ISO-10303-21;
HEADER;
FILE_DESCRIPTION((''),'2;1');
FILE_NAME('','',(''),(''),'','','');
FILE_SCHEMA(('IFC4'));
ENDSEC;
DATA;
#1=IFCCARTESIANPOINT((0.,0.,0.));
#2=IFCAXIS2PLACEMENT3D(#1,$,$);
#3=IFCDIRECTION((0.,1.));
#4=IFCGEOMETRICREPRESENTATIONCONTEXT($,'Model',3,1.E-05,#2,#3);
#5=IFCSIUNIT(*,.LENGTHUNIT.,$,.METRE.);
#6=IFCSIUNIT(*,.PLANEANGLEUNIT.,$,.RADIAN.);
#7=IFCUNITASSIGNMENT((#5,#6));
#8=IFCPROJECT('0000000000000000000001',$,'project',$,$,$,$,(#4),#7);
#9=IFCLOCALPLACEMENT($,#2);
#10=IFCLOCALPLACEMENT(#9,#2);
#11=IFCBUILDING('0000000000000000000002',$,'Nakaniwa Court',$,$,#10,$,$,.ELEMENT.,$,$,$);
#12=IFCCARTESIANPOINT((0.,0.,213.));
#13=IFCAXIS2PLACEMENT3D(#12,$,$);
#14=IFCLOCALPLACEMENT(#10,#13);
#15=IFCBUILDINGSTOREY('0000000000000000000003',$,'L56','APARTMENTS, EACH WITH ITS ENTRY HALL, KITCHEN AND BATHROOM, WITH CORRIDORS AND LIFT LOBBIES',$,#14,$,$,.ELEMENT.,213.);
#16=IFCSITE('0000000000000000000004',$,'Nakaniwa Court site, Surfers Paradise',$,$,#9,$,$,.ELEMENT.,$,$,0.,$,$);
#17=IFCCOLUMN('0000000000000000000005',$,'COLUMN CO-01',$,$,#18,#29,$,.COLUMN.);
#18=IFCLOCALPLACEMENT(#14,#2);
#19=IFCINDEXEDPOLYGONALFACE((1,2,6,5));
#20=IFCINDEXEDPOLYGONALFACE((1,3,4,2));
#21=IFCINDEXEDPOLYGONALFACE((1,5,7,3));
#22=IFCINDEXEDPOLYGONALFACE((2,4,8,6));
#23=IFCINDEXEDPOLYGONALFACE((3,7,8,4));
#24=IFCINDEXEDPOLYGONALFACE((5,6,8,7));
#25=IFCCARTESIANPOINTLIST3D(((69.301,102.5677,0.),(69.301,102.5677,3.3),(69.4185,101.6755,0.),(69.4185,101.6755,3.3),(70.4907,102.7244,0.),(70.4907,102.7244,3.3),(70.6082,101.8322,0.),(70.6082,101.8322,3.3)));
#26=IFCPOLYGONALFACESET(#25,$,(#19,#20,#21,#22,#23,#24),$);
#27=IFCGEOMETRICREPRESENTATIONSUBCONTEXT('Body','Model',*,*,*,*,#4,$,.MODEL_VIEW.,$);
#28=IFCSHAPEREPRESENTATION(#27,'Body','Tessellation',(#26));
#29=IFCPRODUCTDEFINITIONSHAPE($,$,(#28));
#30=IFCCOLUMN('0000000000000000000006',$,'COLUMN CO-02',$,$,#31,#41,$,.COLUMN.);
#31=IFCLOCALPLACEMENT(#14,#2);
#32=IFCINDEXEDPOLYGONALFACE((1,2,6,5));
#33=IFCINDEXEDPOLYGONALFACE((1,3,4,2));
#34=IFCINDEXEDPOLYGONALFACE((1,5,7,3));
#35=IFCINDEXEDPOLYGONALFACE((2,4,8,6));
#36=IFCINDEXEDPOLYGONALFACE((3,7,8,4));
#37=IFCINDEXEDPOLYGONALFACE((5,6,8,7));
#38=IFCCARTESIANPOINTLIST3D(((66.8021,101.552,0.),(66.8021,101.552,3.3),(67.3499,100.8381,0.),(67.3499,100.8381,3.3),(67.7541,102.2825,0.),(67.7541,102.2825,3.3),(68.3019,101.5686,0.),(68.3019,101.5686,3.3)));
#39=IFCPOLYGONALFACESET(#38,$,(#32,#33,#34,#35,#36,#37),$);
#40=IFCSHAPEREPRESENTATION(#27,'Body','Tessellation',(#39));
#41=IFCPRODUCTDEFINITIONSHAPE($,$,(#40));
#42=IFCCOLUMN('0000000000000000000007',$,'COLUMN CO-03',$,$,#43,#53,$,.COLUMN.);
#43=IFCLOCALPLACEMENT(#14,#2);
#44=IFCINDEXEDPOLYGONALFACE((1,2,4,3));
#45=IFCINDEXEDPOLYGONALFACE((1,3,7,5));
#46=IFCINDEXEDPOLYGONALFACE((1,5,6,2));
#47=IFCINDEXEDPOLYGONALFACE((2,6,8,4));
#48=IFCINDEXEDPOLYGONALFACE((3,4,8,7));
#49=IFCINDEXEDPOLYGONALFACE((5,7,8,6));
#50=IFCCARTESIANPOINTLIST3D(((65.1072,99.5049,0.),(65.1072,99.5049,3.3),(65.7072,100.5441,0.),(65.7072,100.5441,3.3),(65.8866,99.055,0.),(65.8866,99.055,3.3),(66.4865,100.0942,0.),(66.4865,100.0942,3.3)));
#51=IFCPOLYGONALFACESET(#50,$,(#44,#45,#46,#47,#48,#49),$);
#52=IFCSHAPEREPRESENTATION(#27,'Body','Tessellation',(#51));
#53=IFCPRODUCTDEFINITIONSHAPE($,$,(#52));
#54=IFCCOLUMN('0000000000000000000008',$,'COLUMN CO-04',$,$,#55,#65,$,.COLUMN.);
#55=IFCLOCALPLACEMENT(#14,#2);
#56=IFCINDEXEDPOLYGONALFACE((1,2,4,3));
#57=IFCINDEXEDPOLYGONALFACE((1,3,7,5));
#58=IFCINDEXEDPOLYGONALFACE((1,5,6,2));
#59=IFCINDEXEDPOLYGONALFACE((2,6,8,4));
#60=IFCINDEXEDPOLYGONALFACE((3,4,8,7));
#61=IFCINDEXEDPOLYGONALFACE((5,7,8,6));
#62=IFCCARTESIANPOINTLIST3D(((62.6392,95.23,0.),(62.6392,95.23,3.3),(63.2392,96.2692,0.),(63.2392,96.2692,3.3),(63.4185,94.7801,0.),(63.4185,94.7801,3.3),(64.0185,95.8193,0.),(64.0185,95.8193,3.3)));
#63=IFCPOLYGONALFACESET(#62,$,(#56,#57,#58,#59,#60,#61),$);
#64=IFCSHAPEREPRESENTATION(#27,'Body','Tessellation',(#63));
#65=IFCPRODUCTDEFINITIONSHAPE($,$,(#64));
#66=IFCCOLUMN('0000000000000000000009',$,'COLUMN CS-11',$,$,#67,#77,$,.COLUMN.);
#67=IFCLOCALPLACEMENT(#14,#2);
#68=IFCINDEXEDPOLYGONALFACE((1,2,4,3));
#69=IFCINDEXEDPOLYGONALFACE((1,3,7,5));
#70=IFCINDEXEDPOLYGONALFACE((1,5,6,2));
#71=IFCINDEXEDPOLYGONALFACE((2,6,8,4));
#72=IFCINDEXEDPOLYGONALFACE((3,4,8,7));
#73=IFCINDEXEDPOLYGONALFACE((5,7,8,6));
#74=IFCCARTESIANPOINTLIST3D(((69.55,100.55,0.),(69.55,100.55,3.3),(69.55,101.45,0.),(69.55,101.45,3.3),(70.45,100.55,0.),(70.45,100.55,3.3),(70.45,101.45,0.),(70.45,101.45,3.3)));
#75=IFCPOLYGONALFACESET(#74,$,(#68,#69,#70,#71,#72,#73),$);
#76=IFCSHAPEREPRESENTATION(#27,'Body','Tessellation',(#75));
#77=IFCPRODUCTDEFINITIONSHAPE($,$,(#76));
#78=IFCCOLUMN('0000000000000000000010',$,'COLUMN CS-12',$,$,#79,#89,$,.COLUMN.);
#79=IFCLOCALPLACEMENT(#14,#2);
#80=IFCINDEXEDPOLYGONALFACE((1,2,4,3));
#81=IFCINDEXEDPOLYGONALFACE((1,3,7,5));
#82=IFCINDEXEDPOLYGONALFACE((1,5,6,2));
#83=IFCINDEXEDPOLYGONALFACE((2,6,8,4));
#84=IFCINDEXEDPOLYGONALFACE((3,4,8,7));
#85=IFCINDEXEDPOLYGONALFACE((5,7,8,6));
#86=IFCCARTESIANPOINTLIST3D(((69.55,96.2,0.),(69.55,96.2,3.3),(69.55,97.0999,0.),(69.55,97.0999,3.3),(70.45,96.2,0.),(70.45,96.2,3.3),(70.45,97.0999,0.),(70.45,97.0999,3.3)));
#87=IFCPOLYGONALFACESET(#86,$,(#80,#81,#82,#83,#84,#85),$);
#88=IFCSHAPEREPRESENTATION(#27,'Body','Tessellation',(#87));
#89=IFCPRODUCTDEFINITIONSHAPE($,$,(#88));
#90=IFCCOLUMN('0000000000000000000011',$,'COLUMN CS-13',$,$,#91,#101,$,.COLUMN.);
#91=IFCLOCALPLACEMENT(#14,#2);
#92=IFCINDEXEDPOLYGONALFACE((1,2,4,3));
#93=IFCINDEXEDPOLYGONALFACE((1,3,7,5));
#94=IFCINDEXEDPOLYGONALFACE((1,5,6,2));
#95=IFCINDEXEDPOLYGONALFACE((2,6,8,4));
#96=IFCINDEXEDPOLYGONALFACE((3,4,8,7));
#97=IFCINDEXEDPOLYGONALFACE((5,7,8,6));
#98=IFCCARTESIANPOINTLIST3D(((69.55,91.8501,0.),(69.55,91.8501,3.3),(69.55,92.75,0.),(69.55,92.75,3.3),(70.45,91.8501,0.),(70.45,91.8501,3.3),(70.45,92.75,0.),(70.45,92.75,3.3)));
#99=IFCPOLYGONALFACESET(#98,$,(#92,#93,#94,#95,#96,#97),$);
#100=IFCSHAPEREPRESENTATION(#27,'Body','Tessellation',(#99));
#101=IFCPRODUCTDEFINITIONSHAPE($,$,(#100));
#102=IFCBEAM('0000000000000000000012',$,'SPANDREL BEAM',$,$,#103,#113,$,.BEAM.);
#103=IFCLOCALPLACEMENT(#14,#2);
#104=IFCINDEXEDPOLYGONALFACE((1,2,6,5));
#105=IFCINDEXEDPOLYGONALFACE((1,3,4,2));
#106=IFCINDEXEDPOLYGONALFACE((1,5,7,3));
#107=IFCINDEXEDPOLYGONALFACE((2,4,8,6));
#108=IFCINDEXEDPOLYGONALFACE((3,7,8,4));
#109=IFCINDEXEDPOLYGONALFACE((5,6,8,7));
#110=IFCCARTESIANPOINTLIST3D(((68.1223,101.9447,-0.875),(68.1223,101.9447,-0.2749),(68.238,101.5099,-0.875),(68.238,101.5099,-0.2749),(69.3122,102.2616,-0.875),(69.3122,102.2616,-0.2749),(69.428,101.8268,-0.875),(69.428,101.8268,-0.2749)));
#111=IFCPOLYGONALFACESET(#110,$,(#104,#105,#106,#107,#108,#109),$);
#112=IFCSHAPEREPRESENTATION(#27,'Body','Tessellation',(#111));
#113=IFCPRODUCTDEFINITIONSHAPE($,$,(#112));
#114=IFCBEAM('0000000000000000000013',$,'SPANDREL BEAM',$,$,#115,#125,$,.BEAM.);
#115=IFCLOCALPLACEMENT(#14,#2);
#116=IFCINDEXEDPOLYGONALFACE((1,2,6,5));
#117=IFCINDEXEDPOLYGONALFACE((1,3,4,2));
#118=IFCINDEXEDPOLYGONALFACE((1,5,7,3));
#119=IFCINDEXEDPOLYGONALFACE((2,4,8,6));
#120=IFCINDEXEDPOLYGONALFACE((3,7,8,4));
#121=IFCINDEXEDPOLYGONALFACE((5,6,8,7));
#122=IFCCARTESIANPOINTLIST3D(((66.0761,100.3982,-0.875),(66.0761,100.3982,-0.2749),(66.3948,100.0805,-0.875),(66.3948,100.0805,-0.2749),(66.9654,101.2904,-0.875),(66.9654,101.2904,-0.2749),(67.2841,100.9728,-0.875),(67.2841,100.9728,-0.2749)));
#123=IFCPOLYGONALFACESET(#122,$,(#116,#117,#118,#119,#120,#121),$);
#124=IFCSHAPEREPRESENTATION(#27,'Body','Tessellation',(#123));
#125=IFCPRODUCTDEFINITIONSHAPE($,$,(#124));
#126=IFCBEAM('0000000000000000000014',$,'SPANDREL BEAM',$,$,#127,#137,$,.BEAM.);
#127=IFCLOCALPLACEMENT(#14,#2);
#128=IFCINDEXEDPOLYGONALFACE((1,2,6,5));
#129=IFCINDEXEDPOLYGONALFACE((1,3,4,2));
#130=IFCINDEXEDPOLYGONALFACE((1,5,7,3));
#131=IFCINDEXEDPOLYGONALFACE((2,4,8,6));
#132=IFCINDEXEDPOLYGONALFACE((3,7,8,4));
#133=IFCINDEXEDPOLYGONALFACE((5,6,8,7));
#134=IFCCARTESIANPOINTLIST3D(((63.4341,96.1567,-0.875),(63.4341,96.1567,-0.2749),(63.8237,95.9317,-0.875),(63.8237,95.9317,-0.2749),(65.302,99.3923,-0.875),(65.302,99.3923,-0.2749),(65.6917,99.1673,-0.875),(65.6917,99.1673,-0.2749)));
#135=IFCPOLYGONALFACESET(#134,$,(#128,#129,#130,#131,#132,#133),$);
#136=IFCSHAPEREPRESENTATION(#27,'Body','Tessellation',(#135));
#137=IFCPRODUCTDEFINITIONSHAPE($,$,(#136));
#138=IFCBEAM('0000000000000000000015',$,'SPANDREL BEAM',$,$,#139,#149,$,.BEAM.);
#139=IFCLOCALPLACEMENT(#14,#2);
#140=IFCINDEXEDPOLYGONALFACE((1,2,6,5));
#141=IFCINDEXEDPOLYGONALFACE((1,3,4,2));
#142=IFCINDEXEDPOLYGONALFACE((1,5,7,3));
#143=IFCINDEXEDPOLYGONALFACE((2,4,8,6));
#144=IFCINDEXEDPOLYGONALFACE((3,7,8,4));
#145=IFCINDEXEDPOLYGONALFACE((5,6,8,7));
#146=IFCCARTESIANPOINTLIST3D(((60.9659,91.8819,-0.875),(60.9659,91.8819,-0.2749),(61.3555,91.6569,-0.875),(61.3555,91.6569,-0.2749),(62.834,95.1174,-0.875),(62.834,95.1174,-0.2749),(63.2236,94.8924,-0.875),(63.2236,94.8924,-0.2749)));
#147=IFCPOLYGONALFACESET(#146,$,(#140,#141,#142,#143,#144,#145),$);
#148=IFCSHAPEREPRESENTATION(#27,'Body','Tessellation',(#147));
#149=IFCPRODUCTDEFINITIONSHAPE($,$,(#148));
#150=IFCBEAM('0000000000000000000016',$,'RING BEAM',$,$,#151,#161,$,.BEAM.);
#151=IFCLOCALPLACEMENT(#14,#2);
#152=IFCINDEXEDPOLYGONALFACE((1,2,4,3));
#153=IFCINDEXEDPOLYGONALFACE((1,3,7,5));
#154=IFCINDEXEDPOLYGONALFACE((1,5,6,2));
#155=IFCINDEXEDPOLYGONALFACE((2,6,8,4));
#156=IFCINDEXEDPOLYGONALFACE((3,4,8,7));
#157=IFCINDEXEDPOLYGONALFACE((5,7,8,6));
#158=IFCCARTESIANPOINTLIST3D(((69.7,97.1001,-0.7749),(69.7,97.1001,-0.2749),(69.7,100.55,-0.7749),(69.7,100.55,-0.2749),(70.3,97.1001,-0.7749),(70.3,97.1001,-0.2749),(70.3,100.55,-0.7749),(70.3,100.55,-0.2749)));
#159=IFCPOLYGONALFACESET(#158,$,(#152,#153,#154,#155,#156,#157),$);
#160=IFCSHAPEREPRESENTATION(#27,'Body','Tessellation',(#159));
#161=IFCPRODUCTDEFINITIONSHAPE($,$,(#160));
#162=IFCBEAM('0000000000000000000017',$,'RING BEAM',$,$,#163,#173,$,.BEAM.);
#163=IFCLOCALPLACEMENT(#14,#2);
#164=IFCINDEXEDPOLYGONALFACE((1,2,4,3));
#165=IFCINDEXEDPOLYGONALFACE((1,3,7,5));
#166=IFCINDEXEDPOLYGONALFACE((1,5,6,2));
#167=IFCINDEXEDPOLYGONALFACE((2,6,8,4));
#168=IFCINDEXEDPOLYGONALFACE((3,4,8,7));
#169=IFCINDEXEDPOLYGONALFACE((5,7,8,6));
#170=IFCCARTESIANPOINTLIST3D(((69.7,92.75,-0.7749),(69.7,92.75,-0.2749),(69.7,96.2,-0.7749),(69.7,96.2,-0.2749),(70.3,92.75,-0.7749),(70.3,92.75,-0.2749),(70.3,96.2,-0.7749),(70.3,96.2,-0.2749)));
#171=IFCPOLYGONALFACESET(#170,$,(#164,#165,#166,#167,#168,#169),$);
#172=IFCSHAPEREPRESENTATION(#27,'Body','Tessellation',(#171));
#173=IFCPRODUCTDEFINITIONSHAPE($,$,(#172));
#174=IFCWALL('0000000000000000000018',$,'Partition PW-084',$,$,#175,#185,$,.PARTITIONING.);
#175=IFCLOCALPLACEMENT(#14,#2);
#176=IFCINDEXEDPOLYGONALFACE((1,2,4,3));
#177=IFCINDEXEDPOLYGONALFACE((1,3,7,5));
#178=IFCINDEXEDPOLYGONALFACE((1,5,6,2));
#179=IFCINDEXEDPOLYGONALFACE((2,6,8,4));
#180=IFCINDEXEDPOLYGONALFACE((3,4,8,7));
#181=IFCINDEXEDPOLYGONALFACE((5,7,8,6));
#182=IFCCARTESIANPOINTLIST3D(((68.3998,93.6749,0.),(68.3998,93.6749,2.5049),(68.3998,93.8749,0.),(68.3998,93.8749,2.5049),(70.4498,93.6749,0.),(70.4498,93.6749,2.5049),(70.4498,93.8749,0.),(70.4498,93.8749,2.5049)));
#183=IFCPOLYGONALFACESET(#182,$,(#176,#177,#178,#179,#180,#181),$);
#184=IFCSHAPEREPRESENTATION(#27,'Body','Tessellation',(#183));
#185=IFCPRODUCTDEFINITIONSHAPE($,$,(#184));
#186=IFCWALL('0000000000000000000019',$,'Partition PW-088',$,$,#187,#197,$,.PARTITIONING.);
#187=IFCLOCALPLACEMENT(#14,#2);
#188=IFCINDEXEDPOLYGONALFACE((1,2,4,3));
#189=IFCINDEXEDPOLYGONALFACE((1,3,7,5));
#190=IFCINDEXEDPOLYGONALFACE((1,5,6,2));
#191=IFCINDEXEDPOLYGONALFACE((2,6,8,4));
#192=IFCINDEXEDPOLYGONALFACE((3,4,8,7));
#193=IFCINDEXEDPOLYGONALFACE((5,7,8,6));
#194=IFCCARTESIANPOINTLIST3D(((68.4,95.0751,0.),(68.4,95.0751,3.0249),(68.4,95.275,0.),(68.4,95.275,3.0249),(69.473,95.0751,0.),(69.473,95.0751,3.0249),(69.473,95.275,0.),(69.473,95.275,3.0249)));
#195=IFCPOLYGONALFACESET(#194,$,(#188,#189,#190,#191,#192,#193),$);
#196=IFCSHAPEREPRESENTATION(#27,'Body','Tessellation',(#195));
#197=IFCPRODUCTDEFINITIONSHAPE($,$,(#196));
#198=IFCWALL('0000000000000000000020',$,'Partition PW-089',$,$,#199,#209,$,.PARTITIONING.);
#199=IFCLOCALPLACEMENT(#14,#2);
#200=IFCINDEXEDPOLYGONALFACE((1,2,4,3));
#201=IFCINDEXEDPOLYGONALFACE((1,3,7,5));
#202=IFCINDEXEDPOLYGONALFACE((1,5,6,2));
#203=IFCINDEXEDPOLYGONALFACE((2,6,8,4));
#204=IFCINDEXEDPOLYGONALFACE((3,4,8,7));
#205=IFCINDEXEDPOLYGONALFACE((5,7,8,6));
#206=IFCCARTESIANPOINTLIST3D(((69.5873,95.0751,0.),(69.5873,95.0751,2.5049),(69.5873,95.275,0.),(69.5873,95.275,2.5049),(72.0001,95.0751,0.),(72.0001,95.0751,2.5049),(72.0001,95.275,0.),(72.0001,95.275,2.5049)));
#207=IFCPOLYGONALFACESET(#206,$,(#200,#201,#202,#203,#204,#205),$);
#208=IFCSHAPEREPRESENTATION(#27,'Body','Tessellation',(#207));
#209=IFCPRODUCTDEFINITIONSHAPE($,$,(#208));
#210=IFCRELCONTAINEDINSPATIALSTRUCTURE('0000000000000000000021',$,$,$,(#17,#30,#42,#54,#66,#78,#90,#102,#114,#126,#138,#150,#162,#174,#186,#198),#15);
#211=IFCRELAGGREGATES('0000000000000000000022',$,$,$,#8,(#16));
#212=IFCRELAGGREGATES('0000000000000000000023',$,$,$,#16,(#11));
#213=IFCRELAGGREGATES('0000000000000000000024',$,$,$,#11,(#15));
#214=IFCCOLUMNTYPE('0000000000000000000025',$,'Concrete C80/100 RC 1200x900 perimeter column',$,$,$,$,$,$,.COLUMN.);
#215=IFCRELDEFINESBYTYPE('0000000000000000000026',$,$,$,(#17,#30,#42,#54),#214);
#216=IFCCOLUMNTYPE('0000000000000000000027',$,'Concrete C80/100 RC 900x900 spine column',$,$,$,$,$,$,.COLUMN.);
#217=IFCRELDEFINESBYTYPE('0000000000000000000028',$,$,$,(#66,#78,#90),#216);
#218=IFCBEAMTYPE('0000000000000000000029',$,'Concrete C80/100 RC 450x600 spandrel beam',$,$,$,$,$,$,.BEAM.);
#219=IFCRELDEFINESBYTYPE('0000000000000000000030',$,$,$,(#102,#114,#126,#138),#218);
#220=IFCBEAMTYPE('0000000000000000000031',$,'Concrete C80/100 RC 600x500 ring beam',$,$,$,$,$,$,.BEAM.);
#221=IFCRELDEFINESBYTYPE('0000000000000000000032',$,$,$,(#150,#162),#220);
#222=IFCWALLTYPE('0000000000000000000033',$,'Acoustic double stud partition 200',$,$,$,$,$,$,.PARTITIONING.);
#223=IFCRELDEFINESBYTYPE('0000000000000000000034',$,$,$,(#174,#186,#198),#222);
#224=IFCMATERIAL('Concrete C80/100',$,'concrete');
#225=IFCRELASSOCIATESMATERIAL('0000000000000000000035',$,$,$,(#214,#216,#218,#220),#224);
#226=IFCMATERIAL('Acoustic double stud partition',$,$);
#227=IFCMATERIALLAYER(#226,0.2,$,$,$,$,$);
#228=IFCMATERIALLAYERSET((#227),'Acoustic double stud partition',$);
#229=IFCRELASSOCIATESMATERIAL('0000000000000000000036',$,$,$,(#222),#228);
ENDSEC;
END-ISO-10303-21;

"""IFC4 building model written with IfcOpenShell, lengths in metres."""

from ifc_helpers import new_model, si_unit, direction, frame, frame_2d, origin, origin_2d, place, context, subcontext, project, spatial, rectangle, extrude, material, layer, layer_set, material_profile, profile_set, type_object, element, save


model = new_model("IFC4")

# Units and contexts
model_context = context("Model", 3, precision=1e-05, world=origin(), true_north=direction((0.0, 1.0)))
body_context = subcontext(model_context, "Body", "Model", "MODEL_VIEW")
ifc_project = project(units=[si_unit("LENGTHUNIT", "METRE"), si_unit("PLANEANGLEUNIT", "RADIAN")], contexts=[model_context])

# Site, building, storey
site_placement = place(None, origin())
site = spatial("IfcSite", under=ifc_project, at=site_placement, Name="Nakaniwa Court site, Surfers Paradise", CompositionType="ELEMENT", RefElevation=0.0)
building_placement = place(site_placement, origin())
building = spatial("IfcBuilding", under=site, at=building_placement, Name="Nakaniwa Court", CompositionType="ELEMENT")
storey_placement = place(building_placement, frame((0.0, 0.0, 213.0)))
storey = spatial("IfcBuildingStorey", under=building, at=storey_placement, Name="L56", Description="APARTMENTS, EACH WITH ITS ENTRY HALL, KITCHEN AND BATHROOM, WITH CORRIDORS AND LIFT LOBBIES", CompositionType="ELEMENT", Elevation=213.0)

# Columns
ifc_material_1 = material(Name="Concrete C80/100", Category="concrete")
ifc_material_profile_1 = material_profile(ifc_material_1, rectangle(XDim=1.2, YDim=0.8999, at=origin_2d()), Name="Concrete C80/100 RC 1200x900 perimeter column")
ifc_profile_set_1 = profile_set([ifc_material_profile_1], Name="Concrete C80/100")
column_type_1 = type_object("IfcColumnType", Name="Concrete C80/100 RC 1200x900 perimeter column", PredefinedType="COLUMN", material=ifc_profile_set_1)
for number, where, z_axis, x_axis, name in (
    (1, (69.9546, 102.2, 0.0), (0.0, 0.0, 1.0), (-0.991443, -0.130543, 0.0), "COLUMN CO-01"),
    (2, (67.552, 101.5603, 0.0), (0.0, 0.0, 1.0), (-0.793364, -0.608748, 0.0), "COLUMN CO-02"),
    (3, (65.7969, 99.7996, 0.0), (0.0, 0.0, 1.0), (-0.5, -0.866025, 0.0), "COLUMN CO-03"),
    (4, (63.3289, 95.5247, 0.0), (0.0, 0.0, 1.0), (-0.5, -0.866025, 0.0), "COLUMN CO-04"),
):
    element("IfcColumn", number, at=place(storey_placement, frame(where, z_axis=z_axis, x_axis=x_axis)), inside=storey, type_object=column_type_1, Name=name, PredefinedType="COLUMN", context=body_context, shape_type="SweptSolid", body=[
        extrude(rectangle(XDim=1.2, YDim=0.8999, at=origin_2d()), origin(), (0.0, 0.0, 1.0), 3.3),
    ])
ifc_material_profile_2 = material_profile(ifc_material_1, rectangle(XDim=0.8999, YDim=0.8999, at=origin_2d()), Name="Concrete C80/100 RC 900x900 spine column")
ifc_profile_set_2 = profile_set([ifc_material_profile_2], Name="Concrete C80/100")
column_type_2 = type_object("IfcColumnType", Name="Concrete C80/100 RC 900x900 spine column", PredefinedType="COLUMN", material=ifc_profile_set_2)
for number, where, z_axis, x_axis, name in (
    (5, (70.0, 101.0, 0.0), (0.0, 0.0, 1.0), (0.0, -1.0, 0.0), "COLUMN CS-11"),
    (6, (70.0, 96.6499, 0.0), (0.0, 0.0, 1.0), (0.0, -1.0, 0.0), "COLUMN CS-12"),
    (7, (70.0, 92.3, 0.0), (0.0, 0.0, 1.0), (0.0, -1.0, 0.0), "COLUMN CS-13"),
):
    element("IfcColumn", number, at=place(storey_placement, frame(where, z_axis=z_axis, x_axis=x_axis)), inside=storey, type_object=column_type_2, Name=name, PredefinedType="COLUMN", context=body_context, shape_type="SweptSolid", body=[
        extrude(rectangle(XDim=0.8999, YDim=0.8999, at=origin_2d()), origin(), (0.0, 0.0, 1.0), 3.3),
    ])

# Beams
ifc_material_profile_3 = material_profile(ifc_material_1, rectangle(XDim=0.45, YDim=0.6001, at=origin_2d()), Name="Concrete C80/100 RC 450x600 spandrel beam")
ifc_profile_set_3 = profile_set([ifc_material_profile_3], Name="Concrete C80/100")
beam_type_1 = type_object("IfcBeamType", Name="Concrete C80/100 RC 450x600 spandrel beam", PredefinedType="BEAM", material=ifc_profile_set_3)
beam_1_placement = place(storey_placement, frame((69.3701, 102.0442, -0.575), z_axis=(-0.96632, -0.257342, 0.0), x_axis=(0.257342, -0.96632, 0.0)))
element("IfcBeam", 8, at=beam_1_placement, inside=storey, type_object=beam_type_1, Name="SPANDREL BEAM", PredefinedType="BEAM", context=body_context, shape_type="SweptSolid", body=[
    extrude(rectangle(XDim=0.45, YDim=0.6001, at=origin_2d()), origin(), (0.0, 0.0, 1.0), 1.2314),
])
beam_2_placement = place(storey_placement, frame((67.1248, 101.1316, -0.575), z_axis=(-0.705943, -0.708269, 0.0), x_axis=(0.708269, -0.705943, 0.0)))
element("IfcBeam", 9, at=beam_2_placement, inside=storey, type_object=beam_type_1, Name="SPANDREL BEAM", PredefinedType="BEAM", context=body_context, shape_type="SweptSolid", body=[
    extrude(rectangle(XDim=0.45, YDim=0.6001, at=origin_2d()), origin(), (0.0, 0.0, 1.0), 1.2598),
])
for number, where, z_axis, x_axis, name in (
    (10, (65.4968, 99.2798, -0.575), (-0.499969, -0.866043, 0.0), (0.866043, -0.499969, 0.0), "SPANDREL BEAM"),
    (11, (63.0288, 95.0049, -0.575), (-0.500018, -0.866015, 0.0), (0.866015, -0.500018, 0.0), "SPANDREL BEAM"),
):
    element("IfcBeam", number, at=place(storey_placement, frame(where, z_axis=z_axis, x_axis=x_axis)), inside=storey, type_object=beam_type_1, Name=name, PredefinedType="BEAM", context=body_context, shape_type="SweptSolid", body=[
        extrude(rectangle(XDim=0.45, YDim=0.6001, at=origin_2d()), origin(), (0.0, 0.0, 1.0), 3.7361),
    ])
ifc_material_profile_4 = material_profile(ifc_material_1, rectangle(XDim=0.6001, YDim=0.5, at=origin_2d()), Name="Concrete C80/100 RC 600x500 ring beam")
ifc_profile_set_4 = profile_set([ifc_material_profile_4], Name="Concrete C80/100")
beam_type_2 = type_object("IfcBeamType", Name="Concrete C80/100 RC 600x500 ring beam", PredefinedType="BEAM", material=ifc_profile_set_4)
for number, where, z_axis, x_axis, name in (
    (12, (70.0, 100.55, -0.5249), (0.0, -1.0, 0.0), (1.0, 0.0, 0.0), "RING BEAM"),
    (13, (70.0, 96.2, -0.5249), (0.0, -1.0, 0.0), (1.0, 0.0, 0.0), "RING BEAM"),
):
    element("IfcBeam", number, at=place(storey_placement, frame(where, z_axis=z_axis, x_axis=x_axis)), inside=storey, type_object=beam_type_2, Name=name, PredefinedType="BEAM", context=body_context, shape_type="SweptSolid", body=[
        extrude(rectangle(XDim=0.6001, YDim=0.5, at=origin_2d()), origin(), (0.0, 0.0, 1.0), 3.45),
    ])

# Walls
ifc_material_2 = material(Name="Acoustic double stud partition")
ifc_layer_1 = layer(ifc_material_2, 0.2)
ifc_layer_set_1 = layer_set([ifc_layer_1], Name="Acoustic double stud partition")
wall_type_1 = type_object("IfcWallType", Name="Acoustic double stud partition 200", PredefinedType="PARTITIONING", material=ifc_layer_set_1)
wall_1_placement = place(storey_placement, frame((68.3999, 93.7749, 0.0), z_axis=(0.0, 0.0, 1.0), x_axis=(1.0, 0.0, 0.0)))
element("IfcWall", 14, at=wall_1_placement, inside=storey, type_object=wall_type_1, Name="Partition PW-084", PredefinedType="PARTITIONING", context=body_context, shape_type="SweptSolid", body=[
    extrude(rectangle(XDim=2.05, YDim=0.2, at=frame_2d((1.0249, 0.0))), origin(), (0.0, 0.0, 1.0), 2.5049),
])
wall_2_placement = place(storey_placement, frame((68.3999, 95.175, 0.0), z_axis=(0.0, 0.0, 1.0), x_axis=(1.0, 0.0, 0.0)))
element("IfcWall", 15, at=wall_2_placement, inside=storey, type_object=wall_type_1, Name="Partition PW-088", PredefinedType="PARTITIONING", context=body_context, shape_type="SweptSolid", body=[
    extrude(rectangle(XDim=1.073, YDim=0.2, at=frame_2d((0.5366, 0.0))), origin(), (0.0, 0.0, 1.0), 3.0249),
])
wall_3_placement = place(storey_placement, frame((69.5872, 95.175, 0.0), z_axis=(0.0, 0.0, 1.0), x_axis=(1.0, 0.0, 0.0)))
element("IfcWall", 16, at=wall_3_placement, inside=storey, type_object=wall_type_1, Name="Partition PW-089", PredefinedType="PARTITIONING", context=body_context, shape_type="SweptSolid", body=[
    extrude(rectangle(XDim=2.4128, YDim=0.2, at=frame_2d((1.2065, 0.0))), origin(), (0.0, 0.0, 1.0), 2.5049),
])

save(model, "model.ifc")
